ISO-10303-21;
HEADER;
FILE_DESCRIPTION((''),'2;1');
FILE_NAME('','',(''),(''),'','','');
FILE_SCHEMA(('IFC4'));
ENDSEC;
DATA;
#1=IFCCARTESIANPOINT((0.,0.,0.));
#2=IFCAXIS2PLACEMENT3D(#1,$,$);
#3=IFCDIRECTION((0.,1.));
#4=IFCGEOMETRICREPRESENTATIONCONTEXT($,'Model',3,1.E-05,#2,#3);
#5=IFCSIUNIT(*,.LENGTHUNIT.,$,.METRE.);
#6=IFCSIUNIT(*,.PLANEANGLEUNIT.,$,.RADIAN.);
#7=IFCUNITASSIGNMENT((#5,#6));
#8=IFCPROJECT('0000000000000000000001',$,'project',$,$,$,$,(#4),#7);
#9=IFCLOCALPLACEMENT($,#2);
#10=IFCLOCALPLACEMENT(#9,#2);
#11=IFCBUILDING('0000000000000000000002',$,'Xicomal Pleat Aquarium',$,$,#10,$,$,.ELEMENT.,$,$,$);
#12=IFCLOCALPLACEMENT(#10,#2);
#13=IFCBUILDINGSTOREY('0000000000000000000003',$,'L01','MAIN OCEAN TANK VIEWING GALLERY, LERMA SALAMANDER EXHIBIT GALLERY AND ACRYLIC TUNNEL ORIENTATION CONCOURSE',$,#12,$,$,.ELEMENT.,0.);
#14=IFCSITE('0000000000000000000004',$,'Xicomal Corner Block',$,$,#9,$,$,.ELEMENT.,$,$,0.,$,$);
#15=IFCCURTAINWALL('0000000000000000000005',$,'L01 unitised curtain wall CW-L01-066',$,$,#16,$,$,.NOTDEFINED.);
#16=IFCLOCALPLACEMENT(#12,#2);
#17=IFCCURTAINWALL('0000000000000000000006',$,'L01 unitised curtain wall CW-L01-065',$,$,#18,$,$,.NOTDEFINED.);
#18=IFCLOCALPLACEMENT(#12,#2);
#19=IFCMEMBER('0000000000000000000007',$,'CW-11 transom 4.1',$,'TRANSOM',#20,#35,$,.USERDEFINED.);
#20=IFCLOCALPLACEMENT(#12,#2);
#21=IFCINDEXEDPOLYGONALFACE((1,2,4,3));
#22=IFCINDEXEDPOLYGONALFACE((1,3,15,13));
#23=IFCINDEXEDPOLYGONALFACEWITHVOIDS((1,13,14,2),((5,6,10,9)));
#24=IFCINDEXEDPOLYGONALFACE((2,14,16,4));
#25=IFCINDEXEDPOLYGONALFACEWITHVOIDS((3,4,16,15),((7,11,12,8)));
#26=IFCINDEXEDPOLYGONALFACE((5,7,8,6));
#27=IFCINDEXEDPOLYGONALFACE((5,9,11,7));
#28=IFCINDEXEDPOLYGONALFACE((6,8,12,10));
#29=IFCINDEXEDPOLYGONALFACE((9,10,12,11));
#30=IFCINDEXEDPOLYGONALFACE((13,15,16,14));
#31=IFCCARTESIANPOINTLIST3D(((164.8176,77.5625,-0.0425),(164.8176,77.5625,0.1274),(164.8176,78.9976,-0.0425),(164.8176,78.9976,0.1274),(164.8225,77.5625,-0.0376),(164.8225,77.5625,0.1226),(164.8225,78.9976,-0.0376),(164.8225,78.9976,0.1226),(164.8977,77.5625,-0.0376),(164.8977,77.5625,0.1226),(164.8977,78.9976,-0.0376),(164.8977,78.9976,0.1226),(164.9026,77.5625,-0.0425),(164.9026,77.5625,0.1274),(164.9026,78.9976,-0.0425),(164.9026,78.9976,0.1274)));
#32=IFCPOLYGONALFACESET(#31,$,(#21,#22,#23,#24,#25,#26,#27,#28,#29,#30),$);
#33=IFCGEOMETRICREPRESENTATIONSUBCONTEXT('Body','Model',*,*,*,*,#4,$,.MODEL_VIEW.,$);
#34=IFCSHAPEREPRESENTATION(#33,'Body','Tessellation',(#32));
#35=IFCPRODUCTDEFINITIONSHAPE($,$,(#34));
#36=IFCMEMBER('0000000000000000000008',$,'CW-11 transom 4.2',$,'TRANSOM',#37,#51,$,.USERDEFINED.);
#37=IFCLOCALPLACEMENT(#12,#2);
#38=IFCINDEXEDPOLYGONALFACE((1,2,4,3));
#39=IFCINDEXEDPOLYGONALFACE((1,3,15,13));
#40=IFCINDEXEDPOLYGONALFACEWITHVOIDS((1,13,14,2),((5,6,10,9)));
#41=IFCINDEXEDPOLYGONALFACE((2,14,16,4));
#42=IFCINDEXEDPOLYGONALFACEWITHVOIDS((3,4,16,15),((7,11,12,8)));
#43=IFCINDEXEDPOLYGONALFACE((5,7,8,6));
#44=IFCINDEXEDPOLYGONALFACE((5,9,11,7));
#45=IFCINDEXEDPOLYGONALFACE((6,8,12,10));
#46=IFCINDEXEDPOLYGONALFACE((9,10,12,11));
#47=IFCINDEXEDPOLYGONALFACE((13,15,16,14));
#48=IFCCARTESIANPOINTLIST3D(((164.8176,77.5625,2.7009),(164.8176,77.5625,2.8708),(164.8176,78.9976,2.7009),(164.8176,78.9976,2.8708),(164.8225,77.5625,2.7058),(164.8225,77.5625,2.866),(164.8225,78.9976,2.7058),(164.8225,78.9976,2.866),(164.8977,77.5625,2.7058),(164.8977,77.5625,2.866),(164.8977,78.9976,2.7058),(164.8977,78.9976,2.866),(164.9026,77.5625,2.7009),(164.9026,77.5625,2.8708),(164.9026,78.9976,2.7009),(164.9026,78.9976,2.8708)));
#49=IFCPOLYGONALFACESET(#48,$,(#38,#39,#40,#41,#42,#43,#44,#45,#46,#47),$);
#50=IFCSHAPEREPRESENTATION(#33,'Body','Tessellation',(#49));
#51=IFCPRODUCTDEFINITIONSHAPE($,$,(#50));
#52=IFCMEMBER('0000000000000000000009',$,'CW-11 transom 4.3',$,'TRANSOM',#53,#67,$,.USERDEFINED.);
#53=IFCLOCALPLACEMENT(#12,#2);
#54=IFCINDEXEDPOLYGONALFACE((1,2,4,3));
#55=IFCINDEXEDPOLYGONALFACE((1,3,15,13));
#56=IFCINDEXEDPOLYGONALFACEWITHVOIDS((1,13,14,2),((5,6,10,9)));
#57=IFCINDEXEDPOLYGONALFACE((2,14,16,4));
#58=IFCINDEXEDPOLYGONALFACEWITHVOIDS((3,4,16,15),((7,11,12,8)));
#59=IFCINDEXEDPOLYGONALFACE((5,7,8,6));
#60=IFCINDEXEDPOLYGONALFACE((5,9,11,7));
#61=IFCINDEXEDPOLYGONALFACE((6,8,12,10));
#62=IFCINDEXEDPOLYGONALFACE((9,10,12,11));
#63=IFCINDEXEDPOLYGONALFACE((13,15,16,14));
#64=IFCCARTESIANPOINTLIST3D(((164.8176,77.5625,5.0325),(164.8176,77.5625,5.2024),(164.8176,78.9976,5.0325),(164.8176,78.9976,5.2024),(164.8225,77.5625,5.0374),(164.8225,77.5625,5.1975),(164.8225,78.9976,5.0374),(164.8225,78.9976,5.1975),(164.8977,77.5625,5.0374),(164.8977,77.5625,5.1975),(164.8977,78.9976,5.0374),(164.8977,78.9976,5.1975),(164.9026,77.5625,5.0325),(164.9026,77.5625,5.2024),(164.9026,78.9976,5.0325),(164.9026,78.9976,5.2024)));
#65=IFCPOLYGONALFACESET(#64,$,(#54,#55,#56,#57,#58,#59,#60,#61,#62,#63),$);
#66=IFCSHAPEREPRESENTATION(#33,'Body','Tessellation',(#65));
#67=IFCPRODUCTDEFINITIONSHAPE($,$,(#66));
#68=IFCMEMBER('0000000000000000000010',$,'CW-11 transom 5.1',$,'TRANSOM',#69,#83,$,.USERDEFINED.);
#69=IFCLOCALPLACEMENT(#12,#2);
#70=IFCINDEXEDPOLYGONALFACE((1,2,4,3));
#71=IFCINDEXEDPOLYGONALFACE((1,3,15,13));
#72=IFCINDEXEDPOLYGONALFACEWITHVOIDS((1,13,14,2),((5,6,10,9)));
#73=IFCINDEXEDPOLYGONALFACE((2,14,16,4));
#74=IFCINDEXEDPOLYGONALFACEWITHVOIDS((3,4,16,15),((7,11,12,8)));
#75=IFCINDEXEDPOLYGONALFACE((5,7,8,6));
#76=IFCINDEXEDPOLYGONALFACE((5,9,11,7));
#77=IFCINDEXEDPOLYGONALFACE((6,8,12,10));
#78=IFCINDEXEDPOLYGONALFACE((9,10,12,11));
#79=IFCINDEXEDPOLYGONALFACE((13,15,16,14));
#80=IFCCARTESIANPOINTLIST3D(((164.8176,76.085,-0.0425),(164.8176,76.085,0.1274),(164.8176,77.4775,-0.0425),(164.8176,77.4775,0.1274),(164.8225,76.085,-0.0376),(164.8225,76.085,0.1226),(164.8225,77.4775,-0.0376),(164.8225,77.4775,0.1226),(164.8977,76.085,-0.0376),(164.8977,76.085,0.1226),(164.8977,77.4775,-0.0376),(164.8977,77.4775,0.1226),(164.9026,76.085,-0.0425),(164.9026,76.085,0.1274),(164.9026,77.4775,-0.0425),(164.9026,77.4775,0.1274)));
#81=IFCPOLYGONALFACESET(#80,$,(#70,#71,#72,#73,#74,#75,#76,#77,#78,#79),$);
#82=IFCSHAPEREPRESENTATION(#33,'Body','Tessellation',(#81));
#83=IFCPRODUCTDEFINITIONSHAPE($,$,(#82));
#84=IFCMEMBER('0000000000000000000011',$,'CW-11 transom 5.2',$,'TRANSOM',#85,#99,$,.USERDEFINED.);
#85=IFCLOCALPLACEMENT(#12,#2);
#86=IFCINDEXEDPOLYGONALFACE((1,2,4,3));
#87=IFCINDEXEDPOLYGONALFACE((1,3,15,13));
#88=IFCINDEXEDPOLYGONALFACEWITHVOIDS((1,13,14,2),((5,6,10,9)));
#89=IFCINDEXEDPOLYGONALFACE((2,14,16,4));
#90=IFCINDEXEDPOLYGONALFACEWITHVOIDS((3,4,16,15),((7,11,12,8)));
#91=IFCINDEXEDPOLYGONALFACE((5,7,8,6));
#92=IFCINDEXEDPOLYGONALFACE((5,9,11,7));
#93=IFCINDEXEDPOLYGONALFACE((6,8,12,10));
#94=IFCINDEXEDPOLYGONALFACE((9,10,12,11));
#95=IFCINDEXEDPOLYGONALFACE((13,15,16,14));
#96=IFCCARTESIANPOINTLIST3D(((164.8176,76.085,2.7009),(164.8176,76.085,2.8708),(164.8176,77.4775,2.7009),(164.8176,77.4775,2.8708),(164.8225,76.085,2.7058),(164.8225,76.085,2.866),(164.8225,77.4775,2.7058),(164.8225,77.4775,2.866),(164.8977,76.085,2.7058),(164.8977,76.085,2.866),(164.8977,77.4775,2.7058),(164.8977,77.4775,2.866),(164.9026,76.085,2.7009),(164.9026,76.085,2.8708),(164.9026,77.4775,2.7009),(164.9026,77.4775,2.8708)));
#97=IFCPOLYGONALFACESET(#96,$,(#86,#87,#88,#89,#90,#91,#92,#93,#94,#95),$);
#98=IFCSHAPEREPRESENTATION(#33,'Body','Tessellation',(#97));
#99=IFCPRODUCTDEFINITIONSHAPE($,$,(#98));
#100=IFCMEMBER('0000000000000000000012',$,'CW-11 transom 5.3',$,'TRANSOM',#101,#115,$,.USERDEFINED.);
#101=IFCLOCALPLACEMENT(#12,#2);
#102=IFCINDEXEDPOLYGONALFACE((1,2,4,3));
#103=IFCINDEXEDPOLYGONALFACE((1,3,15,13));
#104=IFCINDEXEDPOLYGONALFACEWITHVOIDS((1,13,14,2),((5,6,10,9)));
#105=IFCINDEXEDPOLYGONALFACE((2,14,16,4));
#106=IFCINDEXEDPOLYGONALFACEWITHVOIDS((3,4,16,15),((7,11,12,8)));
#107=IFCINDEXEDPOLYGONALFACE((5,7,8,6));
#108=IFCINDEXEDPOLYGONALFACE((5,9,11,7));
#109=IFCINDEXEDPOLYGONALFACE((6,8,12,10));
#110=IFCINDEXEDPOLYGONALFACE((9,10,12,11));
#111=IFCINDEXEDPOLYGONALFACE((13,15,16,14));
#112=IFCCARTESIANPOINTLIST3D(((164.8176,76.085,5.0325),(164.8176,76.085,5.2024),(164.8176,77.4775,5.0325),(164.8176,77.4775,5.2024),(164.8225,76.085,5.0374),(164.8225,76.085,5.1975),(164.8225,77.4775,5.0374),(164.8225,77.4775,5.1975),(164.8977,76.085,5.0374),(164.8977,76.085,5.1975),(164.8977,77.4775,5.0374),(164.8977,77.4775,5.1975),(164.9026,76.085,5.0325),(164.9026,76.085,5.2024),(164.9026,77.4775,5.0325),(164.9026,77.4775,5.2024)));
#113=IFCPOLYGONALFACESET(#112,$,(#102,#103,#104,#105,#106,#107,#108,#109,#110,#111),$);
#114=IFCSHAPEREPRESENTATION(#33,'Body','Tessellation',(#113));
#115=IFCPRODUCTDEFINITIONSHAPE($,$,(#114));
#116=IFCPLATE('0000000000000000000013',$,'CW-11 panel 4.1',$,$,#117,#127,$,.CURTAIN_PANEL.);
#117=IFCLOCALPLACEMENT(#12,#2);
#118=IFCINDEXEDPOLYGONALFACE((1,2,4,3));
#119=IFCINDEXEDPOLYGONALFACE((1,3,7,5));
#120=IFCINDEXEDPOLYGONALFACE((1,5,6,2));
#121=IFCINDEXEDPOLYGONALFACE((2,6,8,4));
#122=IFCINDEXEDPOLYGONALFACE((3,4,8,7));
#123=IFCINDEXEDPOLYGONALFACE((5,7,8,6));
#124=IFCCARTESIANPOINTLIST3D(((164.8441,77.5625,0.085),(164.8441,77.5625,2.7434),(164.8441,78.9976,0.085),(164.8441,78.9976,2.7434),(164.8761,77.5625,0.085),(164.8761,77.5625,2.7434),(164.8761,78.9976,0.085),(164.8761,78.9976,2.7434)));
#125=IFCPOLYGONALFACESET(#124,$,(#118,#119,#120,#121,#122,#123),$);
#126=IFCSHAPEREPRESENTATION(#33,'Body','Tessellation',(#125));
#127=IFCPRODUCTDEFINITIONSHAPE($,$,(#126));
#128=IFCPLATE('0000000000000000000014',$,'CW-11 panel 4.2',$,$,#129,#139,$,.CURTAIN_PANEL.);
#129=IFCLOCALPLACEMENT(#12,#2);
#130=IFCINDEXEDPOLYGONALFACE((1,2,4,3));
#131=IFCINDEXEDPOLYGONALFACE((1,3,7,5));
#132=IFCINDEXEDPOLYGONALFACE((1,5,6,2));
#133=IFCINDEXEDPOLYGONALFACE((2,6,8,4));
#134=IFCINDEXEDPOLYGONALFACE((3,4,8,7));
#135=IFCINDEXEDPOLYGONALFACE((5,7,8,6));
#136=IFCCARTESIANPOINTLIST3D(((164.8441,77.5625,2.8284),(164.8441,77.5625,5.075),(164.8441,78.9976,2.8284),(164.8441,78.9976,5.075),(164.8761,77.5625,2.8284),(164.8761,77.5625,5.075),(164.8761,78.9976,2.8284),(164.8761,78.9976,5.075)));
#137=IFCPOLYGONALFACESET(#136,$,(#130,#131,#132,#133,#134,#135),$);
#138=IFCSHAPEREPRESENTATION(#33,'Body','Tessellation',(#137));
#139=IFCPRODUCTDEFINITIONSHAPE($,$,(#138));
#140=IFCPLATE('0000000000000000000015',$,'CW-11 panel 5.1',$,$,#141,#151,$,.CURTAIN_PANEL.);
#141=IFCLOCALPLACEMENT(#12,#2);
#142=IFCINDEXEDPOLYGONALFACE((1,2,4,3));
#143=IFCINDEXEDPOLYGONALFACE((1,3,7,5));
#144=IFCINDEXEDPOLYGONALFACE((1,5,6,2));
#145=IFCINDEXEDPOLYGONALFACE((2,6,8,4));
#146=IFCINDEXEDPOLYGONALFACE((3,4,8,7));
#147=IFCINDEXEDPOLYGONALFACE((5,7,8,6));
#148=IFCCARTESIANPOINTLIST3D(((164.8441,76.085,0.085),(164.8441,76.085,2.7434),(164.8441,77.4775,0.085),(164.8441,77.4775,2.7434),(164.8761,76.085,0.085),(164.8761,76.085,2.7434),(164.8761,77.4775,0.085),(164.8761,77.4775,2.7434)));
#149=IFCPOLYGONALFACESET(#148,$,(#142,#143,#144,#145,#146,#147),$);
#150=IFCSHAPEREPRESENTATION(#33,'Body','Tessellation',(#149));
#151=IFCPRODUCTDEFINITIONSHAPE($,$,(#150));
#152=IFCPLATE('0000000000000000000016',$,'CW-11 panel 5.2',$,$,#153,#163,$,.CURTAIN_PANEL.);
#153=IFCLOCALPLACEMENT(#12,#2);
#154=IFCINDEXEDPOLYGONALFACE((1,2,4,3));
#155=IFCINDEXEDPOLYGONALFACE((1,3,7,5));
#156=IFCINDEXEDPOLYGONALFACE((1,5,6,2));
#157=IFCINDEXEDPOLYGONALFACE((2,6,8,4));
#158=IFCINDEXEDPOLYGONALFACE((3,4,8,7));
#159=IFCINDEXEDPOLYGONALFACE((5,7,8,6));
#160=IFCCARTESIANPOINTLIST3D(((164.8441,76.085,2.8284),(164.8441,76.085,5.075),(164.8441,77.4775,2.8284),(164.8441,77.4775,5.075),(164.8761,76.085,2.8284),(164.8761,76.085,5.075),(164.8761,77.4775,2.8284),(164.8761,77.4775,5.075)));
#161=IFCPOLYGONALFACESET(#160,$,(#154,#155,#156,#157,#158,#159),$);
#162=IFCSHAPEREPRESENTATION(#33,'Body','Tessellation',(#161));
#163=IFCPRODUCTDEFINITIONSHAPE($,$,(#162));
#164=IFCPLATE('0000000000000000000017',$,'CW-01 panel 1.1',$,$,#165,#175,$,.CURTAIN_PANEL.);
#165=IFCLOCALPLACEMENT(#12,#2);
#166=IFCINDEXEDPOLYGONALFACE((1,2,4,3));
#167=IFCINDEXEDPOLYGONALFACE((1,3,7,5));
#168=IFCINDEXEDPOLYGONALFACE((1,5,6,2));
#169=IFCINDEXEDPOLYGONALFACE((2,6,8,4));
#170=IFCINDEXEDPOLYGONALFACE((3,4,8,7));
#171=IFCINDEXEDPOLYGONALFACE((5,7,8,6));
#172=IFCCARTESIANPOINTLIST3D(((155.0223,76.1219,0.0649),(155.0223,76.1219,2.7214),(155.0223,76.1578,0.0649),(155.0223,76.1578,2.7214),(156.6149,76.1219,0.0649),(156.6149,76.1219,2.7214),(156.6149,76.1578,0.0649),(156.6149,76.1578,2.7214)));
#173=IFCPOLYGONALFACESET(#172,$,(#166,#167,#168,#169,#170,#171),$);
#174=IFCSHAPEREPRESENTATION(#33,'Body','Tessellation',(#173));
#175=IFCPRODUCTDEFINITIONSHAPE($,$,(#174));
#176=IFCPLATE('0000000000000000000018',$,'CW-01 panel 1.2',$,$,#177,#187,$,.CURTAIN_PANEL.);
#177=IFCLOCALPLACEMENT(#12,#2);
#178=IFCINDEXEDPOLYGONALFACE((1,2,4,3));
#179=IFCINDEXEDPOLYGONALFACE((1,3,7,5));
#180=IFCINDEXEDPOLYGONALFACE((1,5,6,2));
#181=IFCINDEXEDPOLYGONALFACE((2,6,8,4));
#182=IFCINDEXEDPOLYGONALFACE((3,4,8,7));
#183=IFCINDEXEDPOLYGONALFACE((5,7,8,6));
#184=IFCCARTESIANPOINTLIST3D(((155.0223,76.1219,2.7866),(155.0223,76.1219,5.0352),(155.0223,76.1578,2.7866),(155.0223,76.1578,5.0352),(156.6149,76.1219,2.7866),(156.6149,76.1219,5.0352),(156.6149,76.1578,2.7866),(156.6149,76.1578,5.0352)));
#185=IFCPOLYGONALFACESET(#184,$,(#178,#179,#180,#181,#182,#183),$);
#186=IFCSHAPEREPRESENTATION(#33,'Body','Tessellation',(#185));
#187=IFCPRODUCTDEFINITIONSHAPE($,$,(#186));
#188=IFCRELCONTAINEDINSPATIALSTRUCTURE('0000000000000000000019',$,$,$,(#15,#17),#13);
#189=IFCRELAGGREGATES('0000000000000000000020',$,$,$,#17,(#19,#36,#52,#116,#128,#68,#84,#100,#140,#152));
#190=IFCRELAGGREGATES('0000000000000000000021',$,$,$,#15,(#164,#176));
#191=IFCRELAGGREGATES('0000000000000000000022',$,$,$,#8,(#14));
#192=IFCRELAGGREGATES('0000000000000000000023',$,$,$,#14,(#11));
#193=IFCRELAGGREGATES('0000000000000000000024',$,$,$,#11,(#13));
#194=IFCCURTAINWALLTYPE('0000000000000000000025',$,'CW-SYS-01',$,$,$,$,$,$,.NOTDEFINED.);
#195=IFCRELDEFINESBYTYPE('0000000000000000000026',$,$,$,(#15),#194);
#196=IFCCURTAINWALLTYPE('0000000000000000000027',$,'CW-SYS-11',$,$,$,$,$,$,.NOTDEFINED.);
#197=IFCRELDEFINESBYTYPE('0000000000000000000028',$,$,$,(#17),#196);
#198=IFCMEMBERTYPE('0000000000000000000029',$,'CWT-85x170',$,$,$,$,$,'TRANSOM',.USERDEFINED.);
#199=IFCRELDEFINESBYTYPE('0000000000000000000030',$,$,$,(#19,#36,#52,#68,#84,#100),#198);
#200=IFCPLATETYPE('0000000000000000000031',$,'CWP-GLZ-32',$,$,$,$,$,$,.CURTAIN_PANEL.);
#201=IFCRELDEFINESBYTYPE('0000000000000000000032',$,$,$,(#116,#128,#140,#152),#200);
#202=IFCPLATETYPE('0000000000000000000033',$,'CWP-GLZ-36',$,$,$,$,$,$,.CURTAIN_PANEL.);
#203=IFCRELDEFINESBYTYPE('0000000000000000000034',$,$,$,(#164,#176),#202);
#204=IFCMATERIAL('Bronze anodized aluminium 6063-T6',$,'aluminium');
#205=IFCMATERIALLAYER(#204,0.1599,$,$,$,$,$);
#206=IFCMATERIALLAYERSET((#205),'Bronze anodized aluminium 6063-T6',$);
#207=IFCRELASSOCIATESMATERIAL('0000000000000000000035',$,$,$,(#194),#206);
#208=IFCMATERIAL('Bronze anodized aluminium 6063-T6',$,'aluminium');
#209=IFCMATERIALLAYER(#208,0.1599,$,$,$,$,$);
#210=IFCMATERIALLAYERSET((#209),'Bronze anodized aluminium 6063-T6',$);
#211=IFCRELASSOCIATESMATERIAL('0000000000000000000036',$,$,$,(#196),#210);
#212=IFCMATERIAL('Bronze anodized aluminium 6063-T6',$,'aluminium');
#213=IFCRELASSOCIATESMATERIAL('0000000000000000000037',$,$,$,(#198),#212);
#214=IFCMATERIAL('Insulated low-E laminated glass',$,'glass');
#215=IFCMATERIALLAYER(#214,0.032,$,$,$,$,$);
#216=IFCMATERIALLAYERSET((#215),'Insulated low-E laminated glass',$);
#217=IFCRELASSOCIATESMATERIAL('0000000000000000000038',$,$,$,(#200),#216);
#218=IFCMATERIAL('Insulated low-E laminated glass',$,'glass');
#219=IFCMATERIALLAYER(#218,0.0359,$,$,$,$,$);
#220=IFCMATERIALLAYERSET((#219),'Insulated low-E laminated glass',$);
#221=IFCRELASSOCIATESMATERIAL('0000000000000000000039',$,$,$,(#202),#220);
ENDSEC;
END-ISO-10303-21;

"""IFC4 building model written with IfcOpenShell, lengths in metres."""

from ifc_helpers import new_model, si_unit, direction, frame, origin, origin_2d, place, context, subcontext, project, spatial, rectangle, hollow_rectangle, extrude, material, layer, layer_set, material_profile, profile_set, type_object, element, aggregate, save


model = new_model("IFC4")

# Units and contexts
model_context = context("Model", 3, precision=1e-05, world=origin(), true_north=direction((0.0, 1.0)))
body_context = subcontext(model_context, "Body", "Model", "MODEL_VIEW")
ifc_project = project(units=[si_unit("LENGTHUNIT", "METRE"), si_unit("PLANEANGLEUNIT", "RADIAN")], contexts=[model_context])

# Site, building, storey
site_placement = place(None, origin())
site = spatial("IfcSite", under=ifc_project, at=site_placement, Name="Xicomal Corner Block", CompositionType="ELEMENT", RefElevation=0.0)
building_placement = place(site_placement, origin())
building = spatial("IfcBuilding", under=site, at=building_placement, Name="Xicomal Pleat Aquarium", CompositionType="ELEMENT")
storey_placement = place(building_placement, origin())
storey = spatial("IfcBuildingStorey", under=building, at=storey_placement, Name="L01", Description="MAIN OCEAN TANK VIEWING GALLERY, LERMA SALAMANDER EXHIBIT GALLERY AND ACRYLIC TUNNEL ORIENTATION CONCOURSE", CompositionType="ELEMENT", Elevation=0.0)

# Curtain wall
ifc_material_1 = material(Name="Bronze anodized aluminium 6063-T6", Category="aluminium")
ifc_layer_1 = layer(ifc_material_1, 0.1599)
ifc_layer_set_1 = layer_set([ifc_layer_1], Name="Bronze anodized aluminium 6063-T6")
curtain_wall_type_1 = type_object("IfcCurtainWallType", Name="CW-SYS-01", PredefinedType="NOTDEFINED", material=ifc_layer_set_1)
curtain_wall_1_placement = place(storey_placement, origin())
curtain_wall_1 = element("IfcCurtainWall", 1, at=curtain_wall_1_placement, inside=storey, type_object=curtain_wall_type_1, Name="L01 unitised curtain wall CW-L01-066", PredefinedType="NOTDEFINED")

# Curtain wall
ifc_material_2 = material(Name="Bronze anodized aluminium 6063-T6", Category="aluminium")
ifc_layer_2 = layer(ifc_material_2, 0.1599)
ifc_layer_set_2 = layer_set([ifc_layer_2], Name="Bronze anodized aluminium 6063-T6")
curtain_wall_type_2 = type_object("IfcCurtainWallType", Name="CW-SYS-11", PredefinedType="NOTDEFINED", material=ifc_layer_set_2)
curtain_wall_2_placement = place(storey_placement, origin())
curtain_wall_2 = element("IfcCurtainWall", 2, at=curtain_wall_2_placement, inside=storey, type_object=curtain_wall_type_2, Name="L01 unitised curtain wall CW-L01-065", PredefinedType="NOTDEFINED")

# Members
ifc_material_3 = material(Name="Bronze anodized aluminium 6063-T6", Category="aluminium")
ifc_material_profile_1 = material_profile(ifc_material_3, hollow_rectangle(XDim=0.085, YDim=0.1699, WallThickness=0.0049, at=origin_2d()), Name="ALU TRAN 85x170")
ifc_profile_set_1 = profile_set([ifc_material_profile_1], Name="Bronze anodized aluminium 6063-T6")
member_type_1 = type_object("IfcMemberType", Name="CWT-85x170", ElementType="TRANSOM", PredefinedType="USERDEFINED", material=ifc_profile_set_1)
member_1_placement = place(storey_placement, frame((164.8601, 78.9976, 0.0425), z_axis=(0.0, -1.0, 0.0), x_axis=(1.0, 0.0, 0.0)))
member_1 = element("IfcMember", 3, at=member_1_placement, type_object=member_type_1, Name="CW-11 transom 4.1", ObjectType="TRANSOM", PredefinedType="USERDEFINED", context=body_context, shape_type="SweptSolid", body=[
    extrude(hollow_rectangle(XDim=0.085, YDim=0.1699, WallThickness=0.0049, at=origin_2d()), origin(), (0.0, 0.0, 1.0), 1.4351),
])
member_2_placement = place(storey_placement, frame((164.8601, 78.9976, 2.7859), z_axis=(0.0, -1.0, 0.0), x_axis=(1.0, 0.0, 0.0)))
member_2 = element("IfcMember", 4, at=member_2_placement, type_object=member_type_1, Name="CW-11 transom 4.2", ObjectType="TRANSOM", PredefinedType="USERDEFINED", context=body_context, shape_type="SweptSolid", body=[
    extrude(hollow_rectangle(XDim=0.085, YDim=0.1699, WallThickness=0.0049, at=origin_2d()), origin(), (0.0, 0.0, 1.0), 1.4351),
])
member_3_placement = place(storey_placement, frame((164.8601, 78.9976, 5.1174), z_axis=(0.0, -1.0, 0.0), x_axis=(1.0, 0.0, 0.0)))
member_3 = element("IfcMember", 5, at=member_3_placement, type_object=member_type_1, Name="CW-11 transom 4.3", ObjectType="TRANSOM", PredefinedType="USERDEFINED", context=body_context, shape_type="SweptSolid", body=[
    extrude(hollow_rectangle(XDim=0.085, YDim=0.1699, WallThickness=0.0049, at=origin_2d()), origin(), (0.0, 0.0, 1.0), 1.4351),
])
member_4_placement = place(storey_placement, frame((164.8601, 77.4775, 0.0425), z_axis=(0.0, -1.0, 0.0), x_axis=(1.0, 0.0, 0.0)))
member_4 = element("IfcMember", 6, at=member_4_placement, type_object=member_type_1, Name="CW-11 transom 5.1", ObjectType="TRANSOM", PredefinedType="USERDEFINED", context=body_context, shape_type="SweptSolid", body=[
    extrude(hollow_rectangle(XDim=0.085, YDim=0.1699, WallThickness=0.0049, at=origin_2d()), origin(), (0.0, 0.0, 1.0), 1.3926),
])
member_5_placement = place(storey_placement, frame((164.8601, 77.4775, 2.7859), z_axis=(0.0, -1.0, 0.0), x_axis=(1.0, 0.0, 0.0)))
member_5 = element("IfcMember", 7, at=member_5_placement, type_object=member_type_1, Name="CW-11 transom 5.2", ObjectType="TRANSOM", PredefinedType="USERDEFINED", context=body_context, shape_type="SweptSolid", body=[
    extrude(hollow_rectangle(XDim=0.085, YDim=0.1699, WallThickness=0.0049, at=origin_2d()), origin(), (0.0, 0.0, 1.0), 1.3926),
])
member_6_placement = place(storey_placement, frame((164.8601, 77.4775, 5.1174), z_axis=(0.0, -1.0, 0.0), x_axis=(1.0, 0.0, 0.0)))
member_6 = element("IfcMember", 8, at=member_6_placement, type_object=member_type_1, Name="CW-11 transom 5.3", ObjectType="TRANSOM", PredefinedType="USERDEFINED", context=body_context, shape_type="SweptSolid", body=[
    extrude(hollow_rectangle(XDim=0.085, YDim=0.1699, WallThickness=0.0049, at=origin_2d()), origin(), (0.0, 0.0, 1.0), 1.3926),
])

# Plates
ifc_material_4 = material(Name="Insulated low-E laminated glass", Category="glass")
ifc_layer_3 = layer(ifc_material_4, 0.032)
ifc_layer_set_3 = layer_set([ifc_layer_3], Name="Insulated low-E laminated glass")
plate_type_1 = type_object("IfcPlateType", Name="CWP-GLZ-32", PredefinedType="CURTAIN_PANEL", material=ifc_layer_set_3)
plate_1_placement = place(storey_placement, frame((164.8601, 78.28, 0.085), z_axis=(0.0, 0.0, 1.0), x_axis=(0.0, -1.0, 0.0)))
plate_1 = element("IfcPlate", 9, at=plate_1_placement, type_object=plate_type_1, Name="CW-11 panel 4.1", PredefinedType="CURTAIN_PANEL", context=body_context, shape_type="SweptSolid", body=[
    extrude(rectangle(XDim=1.4351, YDim=0.032, at=origin_2d()), origin(), (0.0, 0.0, 1.0), 2.6584),
])
plate_2_placement = place(storey_placement, frame((164.8601, 78.28, 2.8284), z_axis=(0.0, 0.0, 1.0), x_axis=(0.0, -1.0, 0.0)))
plate_2 = element("IfcPlate", 10, at=plate_2_placement, type_object=plate_type_1, Name="CW-11 panel 4.2", PredefinedType="CURTAIN_PANEL", context=body_context, shape_type="SweptSolid", body=[
    extrude(rectangle(XDim=1.4351, YDim=0.032, at=origin_2d()), origin(), (0.0, 0.0, 1.0), 2.2466),
])
plate_3_placement = place(storey_placement, frame((164.8601, 76.7812, 0.085), z_axis=(0.0, 0.0, 1.0), x_axis=(0.0, -1.0, 0.0)))
plate_3 = element("IfcPlate", 11, at=plate_3_placement, type_object=plate_type_1, Name="CW-11 panel 5.1", PredefinedType="CURTAIN_PANEL", context=body_context, shape_type="SweptSolid", body=[
    extrude(rectangle(XDim=1.3926, YDim=0.032, at=origin_2d()), origin(), (0.0, 0.0, 1.0), 2.6584),
])
plate_4_placement = place(storey_placement, frame((164.8601, 76.7812, 2.8284), z_axis=(0.0, 0.0, 1.0), x_axis=(0.0, -1.0, 0.0)))
plate_4 = element("IfcPlate", 12, at=plate_4_placement, type_object=plate_type_1, Name="CW-11 panel 5.2", PredefinedType="CURTAIN_PANEL", context=body_context, shape_type="SweptSolid", body=[
    extrude(rectangle(XDim=1.3926, YDim=0.032, at=origin_2d()), origin(), (0.0, 0.0, 1.0), 2.2466),
])
aggregate(curtain_wall_2, [member_1, member_2, member_3, plate_1, plate_2, member_4, member_5, member_6, plate_3, plate_4])
ifc_material_5 = material(Name="Insulated low-E laminated glass", Category="glass")
ifc_layer_4 = layer(ifc_material_5, 0.0359)
ifc_layer_set_4 = layer_set([ifc_layer_4], Name="Insulated low-E laminated glass")
plate_type_2 = type_object("IfcPlateType", Name="CWP-GLZ-36", PredefinedType="CURTAIN_PANEL", material=ifc_layer_set_4)
plate_5_placement = place(storey_placement, frame((155.8186, 76.1399, 0.0649), z_axis=(0.0, 0.0, 1.0), x_axis=(-1.0, 0.0, 0.0)))
plate_5 = element("IfcPlate", 13, at=plate_5_placement, type_object=plate_type_2, Name="CW-01 panel 1.1", PredefinedType="CURTAIN_PANEL", context=body_context, shape_type="SweptSolid", body=[
    extrude(rectangle(XDim=1.5925, YDim=0.0359, at=origin_2d()), origin(), (0.0, 0.0, 1.0), 2.6565),
])
plate_6_placement = place(storey_placement, frame((155.8186, 76.1399, 2.7866), z_axis=(0.0, 0.0, 1.0), x_axis=(-1.0, 0.0, 0.0)))
plate_6 = element("IfcPlate", 14, at=plate_6_placement, type_object=plate_type_2, Name="CW-01 panel 1.2", PredefinedType="CURTAIN_PANEL", context=body_context, shape_type="SweptSolid", body=[
    extrude(rectangle(XDim=1.5925, YDim=0.0359, at=origin_2d()), origin(), (0.0, 0.0, 1.0), 2.2485),
])
aggregate(curtain_wall_1, [plate_5, plate_6])

save(model, "model.ifc")
